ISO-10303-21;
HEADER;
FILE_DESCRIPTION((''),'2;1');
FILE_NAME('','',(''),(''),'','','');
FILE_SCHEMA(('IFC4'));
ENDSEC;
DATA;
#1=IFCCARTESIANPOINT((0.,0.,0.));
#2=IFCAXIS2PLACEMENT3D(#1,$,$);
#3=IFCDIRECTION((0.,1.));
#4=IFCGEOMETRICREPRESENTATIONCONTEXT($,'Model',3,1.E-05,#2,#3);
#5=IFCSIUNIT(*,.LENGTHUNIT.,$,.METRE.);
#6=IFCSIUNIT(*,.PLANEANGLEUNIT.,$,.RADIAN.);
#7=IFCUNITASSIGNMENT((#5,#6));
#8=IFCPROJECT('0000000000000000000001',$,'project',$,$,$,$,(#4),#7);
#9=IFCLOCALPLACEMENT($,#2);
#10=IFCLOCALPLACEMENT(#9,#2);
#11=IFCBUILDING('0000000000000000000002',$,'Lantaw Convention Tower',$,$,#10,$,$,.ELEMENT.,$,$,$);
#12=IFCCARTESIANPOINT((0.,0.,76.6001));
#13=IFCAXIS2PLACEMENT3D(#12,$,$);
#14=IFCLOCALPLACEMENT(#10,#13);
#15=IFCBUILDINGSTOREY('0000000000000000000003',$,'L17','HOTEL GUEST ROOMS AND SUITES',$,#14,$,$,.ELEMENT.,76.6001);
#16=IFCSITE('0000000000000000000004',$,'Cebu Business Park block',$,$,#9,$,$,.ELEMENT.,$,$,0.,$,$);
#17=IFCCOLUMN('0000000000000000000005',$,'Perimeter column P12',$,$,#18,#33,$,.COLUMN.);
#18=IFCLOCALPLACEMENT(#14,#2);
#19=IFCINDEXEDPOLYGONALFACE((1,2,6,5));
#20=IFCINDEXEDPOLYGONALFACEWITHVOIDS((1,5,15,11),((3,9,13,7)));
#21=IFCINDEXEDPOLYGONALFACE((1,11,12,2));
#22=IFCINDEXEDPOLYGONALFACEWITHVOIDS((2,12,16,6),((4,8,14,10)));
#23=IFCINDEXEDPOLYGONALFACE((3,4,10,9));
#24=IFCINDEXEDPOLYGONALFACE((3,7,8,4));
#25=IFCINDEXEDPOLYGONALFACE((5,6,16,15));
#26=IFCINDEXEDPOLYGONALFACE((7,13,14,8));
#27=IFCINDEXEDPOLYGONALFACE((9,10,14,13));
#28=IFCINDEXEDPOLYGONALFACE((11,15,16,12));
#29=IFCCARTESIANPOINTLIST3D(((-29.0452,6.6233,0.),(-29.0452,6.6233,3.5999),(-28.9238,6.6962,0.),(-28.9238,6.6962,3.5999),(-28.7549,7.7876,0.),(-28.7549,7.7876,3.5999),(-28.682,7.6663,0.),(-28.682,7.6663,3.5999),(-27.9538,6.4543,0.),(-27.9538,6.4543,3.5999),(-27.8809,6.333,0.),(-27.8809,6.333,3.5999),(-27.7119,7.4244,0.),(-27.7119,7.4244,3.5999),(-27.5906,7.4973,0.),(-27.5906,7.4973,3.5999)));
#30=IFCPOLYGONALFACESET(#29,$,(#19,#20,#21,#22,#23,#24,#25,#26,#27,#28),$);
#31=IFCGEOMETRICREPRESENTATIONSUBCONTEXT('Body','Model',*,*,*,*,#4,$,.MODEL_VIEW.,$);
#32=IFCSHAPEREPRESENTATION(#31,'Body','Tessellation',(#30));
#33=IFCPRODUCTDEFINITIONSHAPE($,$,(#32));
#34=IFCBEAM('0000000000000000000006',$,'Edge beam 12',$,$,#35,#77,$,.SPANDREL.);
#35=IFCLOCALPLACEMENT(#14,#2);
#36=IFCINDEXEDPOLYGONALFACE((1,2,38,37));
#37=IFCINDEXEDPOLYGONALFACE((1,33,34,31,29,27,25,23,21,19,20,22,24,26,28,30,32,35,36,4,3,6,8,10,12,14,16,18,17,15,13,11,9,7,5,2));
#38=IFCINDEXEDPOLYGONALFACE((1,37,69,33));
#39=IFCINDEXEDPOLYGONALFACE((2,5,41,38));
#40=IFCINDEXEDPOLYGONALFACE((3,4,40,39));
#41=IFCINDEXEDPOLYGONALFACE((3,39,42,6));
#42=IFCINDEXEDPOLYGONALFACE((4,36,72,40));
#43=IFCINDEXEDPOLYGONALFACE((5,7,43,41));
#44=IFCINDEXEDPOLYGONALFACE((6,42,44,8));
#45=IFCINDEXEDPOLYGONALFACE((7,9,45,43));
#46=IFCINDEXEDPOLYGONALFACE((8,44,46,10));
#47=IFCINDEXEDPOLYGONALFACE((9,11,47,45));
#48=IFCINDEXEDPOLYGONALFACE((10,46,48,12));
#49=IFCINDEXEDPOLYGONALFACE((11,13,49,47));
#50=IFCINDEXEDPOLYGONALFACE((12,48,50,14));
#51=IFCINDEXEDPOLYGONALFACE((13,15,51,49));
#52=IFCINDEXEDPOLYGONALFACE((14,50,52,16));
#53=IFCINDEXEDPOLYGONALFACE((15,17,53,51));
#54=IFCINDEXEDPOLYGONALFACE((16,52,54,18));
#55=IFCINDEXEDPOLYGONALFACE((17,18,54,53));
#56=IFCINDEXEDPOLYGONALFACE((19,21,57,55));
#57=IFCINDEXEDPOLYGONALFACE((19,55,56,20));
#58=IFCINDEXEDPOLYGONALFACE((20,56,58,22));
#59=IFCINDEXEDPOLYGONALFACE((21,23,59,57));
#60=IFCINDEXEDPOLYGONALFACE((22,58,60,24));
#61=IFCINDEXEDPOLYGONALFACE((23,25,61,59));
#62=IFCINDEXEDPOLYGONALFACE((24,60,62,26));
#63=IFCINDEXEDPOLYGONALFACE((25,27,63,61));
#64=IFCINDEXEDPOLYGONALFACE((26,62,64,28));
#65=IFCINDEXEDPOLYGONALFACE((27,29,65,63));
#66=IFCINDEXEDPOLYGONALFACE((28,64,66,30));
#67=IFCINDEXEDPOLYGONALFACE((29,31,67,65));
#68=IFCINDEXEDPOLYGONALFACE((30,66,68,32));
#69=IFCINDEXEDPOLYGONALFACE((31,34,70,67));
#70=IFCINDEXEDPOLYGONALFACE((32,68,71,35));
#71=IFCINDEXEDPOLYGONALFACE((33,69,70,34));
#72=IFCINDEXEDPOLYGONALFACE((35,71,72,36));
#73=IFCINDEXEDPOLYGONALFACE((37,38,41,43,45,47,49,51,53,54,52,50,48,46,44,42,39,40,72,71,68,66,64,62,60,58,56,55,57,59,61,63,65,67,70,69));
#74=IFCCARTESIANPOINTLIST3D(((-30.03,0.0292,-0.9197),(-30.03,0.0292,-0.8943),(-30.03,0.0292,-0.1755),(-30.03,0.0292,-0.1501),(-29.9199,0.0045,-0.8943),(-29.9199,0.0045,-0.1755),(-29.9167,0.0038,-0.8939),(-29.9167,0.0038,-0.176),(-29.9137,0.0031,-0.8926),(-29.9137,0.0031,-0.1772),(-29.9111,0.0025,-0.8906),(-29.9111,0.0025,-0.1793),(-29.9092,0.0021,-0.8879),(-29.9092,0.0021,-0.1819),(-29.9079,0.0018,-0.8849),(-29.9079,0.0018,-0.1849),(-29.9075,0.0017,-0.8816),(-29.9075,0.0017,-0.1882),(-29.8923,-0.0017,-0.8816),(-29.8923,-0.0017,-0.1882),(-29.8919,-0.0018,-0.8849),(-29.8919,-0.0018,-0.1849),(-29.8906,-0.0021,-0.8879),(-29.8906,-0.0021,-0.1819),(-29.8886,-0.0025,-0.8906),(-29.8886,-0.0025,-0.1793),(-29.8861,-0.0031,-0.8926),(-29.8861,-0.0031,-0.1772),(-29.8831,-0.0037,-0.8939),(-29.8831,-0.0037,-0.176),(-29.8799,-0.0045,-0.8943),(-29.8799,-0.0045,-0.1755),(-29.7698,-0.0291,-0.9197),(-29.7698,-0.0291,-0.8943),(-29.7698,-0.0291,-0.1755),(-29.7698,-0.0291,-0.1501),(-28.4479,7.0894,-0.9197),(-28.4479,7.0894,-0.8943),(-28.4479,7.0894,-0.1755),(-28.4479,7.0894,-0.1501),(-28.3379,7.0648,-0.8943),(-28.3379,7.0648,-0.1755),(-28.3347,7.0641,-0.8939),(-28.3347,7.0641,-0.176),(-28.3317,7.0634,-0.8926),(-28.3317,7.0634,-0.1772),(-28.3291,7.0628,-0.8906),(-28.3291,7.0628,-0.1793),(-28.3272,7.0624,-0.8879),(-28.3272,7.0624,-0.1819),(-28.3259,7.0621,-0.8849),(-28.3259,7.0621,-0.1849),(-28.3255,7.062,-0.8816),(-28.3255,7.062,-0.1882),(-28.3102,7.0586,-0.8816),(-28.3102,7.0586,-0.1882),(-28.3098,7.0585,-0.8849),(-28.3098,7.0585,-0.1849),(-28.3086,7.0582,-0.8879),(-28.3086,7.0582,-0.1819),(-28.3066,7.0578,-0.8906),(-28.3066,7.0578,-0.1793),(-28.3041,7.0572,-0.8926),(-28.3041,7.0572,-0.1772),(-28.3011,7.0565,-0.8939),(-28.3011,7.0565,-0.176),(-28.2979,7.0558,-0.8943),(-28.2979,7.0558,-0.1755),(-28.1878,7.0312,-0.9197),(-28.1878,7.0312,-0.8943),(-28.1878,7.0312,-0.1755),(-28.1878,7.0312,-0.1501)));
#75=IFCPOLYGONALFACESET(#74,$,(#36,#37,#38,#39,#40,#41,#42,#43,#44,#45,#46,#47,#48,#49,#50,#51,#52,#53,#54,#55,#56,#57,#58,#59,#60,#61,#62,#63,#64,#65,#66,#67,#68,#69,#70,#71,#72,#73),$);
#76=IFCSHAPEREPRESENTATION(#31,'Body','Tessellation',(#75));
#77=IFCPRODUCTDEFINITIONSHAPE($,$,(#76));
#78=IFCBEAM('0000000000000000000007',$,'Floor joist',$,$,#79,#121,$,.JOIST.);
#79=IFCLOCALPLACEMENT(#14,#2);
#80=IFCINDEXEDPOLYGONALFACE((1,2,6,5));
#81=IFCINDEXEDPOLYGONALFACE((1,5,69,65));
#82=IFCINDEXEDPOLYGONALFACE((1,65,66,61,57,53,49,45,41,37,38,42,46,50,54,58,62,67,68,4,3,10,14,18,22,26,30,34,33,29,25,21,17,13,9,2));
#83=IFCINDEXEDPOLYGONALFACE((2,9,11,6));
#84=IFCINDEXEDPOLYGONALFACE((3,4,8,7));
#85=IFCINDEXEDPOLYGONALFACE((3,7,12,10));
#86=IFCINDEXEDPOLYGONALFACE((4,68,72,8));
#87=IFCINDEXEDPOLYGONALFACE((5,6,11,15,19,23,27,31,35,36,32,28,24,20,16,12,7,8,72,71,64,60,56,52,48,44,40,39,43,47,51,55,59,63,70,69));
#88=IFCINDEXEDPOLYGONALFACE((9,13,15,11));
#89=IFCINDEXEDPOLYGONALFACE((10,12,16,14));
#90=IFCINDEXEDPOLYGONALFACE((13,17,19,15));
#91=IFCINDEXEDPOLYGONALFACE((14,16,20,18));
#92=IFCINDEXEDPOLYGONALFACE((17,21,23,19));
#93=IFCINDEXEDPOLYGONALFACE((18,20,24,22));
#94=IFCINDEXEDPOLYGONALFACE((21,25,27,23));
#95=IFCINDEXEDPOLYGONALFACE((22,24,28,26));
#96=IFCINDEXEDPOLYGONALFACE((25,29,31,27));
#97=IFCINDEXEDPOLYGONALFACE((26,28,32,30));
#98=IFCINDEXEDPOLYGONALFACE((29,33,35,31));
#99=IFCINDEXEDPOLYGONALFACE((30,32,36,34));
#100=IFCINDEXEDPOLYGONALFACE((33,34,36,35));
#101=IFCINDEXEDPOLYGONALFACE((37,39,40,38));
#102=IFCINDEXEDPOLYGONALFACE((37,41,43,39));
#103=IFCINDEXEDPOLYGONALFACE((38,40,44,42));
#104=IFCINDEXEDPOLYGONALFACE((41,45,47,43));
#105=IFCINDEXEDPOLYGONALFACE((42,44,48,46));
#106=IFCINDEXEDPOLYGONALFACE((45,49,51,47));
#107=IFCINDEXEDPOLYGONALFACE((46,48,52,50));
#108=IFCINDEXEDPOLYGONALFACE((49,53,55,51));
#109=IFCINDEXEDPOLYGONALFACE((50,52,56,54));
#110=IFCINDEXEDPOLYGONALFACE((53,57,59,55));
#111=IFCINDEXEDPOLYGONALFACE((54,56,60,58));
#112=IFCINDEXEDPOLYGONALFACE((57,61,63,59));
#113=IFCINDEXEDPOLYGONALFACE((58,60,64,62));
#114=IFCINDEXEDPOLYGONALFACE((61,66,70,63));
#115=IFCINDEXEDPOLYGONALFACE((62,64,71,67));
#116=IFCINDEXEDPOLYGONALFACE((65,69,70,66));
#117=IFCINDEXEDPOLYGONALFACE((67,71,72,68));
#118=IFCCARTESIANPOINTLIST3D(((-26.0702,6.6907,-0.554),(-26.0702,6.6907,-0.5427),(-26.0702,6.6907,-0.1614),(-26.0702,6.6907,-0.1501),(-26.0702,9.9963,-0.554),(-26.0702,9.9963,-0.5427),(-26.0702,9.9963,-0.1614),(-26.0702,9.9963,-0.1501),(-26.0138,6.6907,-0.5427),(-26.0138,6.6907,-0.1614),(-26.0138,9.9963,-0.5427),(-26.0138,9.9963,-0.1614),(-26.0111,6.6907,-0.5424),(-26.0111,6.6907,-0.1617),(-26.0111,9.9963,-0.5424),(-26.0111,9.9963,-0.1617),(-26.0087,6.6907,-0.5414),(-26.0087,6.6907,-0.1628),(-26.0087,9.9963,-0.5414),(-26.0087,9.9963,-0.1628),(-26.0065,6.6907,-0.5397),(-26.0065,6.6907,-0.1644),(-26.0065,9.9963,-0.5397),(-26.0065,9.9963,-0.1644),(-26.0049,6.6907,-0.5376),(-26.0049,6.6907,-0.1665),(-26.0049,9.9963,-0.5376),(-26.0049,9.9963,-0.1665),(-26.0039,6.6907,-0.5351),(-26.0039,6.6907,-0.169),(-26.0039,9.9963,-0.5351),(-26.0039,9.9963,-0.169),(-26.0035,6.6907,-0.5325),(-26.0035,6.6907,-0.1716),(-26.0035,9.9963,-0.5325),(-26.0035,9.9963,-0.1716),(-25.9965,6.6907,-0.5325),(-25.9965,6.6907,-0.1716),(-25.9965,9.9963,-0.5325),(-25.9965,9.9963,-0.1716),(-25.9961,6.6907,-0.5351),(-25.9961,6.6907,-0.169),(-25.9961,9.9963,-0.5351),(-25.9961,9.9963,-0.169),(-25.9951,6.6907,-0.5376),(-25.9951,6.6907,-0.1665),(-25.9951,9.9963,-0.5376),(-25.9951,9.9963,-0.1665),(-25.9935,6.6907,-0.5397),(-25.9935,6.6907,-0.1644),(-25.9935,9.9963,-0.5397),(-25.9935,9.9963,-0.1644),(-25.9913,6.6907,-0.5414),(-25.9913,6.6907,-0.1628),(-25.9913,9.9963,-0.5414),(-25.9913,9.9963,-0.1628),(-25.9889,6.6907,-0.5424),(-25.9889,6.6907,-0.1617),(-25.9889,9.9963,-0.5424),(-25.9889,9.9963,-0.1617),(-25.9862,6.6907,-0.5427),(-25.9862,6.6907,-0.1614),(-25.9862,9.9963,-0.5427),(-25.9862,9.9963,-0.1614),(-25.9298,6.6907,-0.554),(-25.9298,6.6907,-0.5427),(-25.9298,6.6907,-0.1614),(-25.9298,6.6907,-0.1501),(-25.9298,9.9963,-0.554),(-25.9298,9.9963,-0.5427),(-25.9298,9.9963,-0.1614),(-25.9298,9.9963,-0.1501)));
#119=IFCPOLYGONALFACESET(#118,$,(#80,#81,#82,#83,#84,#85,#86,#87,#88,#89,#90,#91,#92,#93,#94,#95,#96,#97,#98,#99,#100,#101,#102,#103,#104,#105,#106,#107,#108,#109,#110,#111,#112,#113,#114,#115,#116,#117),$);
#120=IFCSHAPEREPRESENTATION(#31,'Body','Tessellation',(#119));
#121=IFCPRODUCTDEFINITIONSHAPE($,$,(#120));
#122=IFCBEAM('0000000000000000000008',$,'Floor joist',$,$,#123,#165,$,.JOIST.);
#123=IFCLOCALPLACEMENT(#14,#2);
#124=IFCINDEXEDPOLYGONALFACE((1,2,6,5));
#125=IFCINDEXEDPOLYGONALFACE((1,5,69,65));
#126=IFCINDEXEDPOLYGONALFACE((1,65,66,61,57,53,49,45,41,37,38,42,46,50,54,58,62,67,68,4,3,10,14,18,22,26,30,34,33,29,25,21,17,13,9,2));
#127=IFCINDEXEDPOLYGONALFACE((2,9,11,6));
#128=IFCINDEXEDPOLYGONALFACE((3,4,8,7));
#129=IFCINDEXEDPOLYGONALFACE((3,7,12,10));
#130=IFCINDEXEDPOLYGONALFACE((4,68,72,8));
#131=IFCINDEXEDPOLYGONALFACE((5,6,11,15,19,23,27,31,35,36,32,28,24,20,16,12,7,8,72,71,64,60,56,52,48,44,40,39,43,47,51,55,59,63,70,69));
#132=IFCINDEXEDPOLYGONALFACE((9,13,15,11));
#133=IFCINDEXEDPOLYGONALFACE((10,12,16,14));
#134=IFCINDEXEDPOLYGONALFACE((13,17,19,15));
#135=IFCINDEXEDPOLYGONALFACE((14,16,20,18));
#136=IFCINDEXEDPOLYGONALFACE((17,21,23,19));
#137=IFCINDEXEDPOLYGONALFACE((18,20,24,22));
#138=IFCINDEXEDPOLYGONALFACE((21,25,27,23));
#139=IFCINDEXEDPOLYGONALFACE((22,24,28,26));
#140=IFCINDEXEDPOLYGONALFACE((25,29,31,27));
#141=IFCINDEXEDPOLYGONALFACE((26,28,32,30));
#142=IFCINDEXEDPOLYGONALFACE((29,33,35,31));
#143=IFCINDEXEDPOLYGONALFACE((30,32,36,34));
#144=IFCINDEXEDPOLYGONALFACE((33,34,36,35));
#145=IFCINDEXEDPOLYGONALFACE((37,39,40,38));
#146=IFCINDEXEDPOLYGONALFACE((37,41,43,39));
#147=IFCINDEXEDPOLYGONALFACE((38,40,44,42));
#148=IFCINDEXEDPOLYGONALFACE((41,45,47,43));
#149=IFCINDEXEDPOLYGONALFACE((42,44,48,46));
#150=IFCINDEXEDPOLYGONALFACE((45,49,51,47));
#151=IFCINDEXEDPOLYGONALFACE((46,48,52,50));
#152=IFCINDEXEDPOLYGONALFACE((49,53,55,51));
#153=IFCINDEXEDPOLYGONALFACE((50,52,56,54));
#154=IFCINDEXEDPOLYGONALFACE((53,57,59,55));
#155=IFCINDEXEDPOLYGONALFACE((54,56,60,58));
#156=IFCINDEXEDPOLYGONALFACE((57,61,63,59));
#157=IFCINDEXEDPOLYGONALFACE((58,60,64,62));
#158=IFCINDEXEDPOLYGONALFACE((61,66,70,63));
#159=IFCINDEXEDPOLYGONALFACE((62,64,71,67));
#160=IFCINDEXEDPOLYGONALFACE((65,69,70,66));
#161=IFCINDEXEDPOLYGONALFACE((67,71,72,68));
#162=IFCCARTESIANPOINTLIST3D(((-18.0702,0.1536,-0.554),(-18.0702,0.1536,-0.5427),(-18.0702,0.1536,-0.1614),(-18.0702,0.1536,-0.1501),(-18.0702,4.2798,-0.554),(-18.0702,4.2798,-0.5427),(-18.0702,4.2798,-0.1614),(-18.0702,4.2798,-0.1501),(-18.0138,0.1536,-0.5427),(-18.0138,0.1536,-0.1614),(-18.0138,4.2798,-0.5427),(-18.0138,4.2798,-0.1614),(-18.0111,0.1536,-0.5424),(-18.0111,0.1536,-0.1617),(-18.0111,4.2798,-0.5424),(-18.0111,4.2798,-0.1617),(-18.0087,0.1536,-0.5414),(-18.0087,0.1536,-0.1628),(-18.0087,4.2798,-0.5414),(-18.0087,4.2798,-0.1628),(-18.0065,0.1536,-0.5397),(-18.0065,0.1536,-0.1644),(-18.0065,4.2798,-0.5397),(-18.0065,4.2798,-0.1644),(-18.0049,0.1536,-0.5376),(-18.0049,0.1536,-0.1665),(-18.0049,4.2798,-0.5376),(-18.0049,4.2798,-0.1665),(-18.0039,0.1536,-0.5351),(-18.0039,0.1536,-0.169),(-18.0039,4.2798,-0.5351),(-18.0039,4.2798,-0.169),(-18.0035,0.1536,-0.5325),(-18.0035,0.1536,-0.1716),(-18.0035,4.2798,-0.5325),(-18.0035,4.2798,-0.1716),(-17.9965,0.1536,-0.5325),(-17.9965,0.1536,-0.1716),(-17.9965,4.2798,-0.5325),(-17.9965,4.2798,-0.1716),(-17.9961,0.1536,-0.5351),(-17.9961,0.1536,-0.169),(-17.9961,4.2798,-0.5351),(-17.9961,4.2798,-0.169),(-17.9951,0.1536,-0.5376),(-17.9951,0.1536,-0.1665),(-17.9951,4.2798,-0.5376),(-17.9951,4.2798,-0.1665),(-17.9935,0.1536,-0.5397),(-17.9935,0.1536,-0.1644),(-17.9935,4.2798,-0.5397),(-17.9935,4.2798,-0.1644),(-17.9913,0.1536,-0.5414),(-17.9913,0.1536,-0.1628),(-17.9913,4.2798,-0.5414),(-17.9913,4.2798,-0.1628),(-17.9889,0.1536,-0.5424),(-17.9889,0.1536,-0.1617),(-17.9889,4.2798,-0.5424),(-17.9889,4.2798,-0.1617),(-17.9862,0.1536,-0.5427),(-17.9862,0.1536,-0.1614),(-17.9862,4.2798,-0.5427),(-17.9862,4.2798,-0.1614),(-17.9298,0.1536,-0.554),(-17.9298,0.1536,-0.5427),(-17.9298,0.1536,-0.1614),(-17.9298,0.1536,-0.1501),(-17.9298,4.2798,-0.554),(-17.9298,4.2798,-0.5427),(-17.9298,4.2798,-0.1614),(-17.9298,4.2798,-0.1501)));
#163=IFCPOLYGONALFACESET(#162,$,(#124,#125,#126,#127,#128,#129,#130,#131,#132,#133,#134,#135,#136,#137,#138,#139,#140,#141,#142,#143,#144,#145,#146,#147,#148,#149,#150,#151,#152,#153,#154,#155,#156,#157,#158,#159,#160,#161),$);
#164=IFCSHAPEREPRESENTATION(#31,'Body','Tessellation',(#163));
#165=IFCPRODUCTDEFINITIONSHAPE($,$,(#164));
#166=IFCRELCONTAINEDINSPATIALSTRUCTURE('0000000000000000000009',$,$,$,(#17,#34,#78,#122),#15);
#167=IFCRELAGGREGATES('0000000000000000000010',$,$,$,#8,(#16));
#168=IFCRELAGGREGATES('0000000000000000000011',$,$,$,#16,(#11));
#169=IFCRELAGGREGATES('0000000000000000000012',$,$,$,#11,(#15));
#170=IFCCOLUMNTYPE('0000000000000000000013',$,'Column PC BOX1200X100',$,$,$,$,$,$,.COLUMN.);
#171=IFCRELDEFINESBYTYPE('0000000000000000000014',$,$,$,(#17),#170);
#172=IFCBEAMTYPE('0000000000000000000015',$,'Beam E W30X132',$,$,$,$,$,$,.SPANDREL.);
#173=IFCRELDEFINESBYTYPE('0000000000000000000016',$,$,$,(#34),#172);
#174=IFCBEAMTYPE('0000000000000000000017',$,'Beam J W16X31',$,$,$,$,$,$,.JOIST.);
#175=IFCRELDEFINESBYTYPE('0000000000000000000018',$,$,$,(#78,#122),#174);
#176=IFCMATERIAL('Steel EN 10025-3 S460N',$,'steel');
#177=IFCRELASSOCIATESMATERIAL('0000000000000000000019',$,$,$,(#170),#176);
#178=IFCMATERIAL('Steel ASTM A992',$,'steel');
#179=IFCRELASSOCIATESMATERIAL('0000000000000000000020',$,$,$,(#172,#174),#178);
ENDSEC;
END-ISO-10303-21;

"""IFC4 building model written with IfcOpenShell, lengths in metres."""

from ifc_helpers import new_model, si_unit, direction, frame, origin, origin_2d, place, context, subcontext, project, spatial, rectangle, hollow_rectangle, i_section, extrude, material, material_profile, profile_set, type_object, element, save


model = new_model("IFC4")

# Units and contexts
model_context = context("Model", 3, precision=1e-05, world=origin(), true_north=direction((0.0, 1.0)))
body_context = subcontext(model_context, "Body", "Model", "MODEL_VIEW")
ifc_project = project(units=[si_unit("LENGTHUNIT", "METRE"), si_unit("PLANEANGLEUNIT", "RADIAN")], contexts=[model_context])

# Site, building, storey
site_placement = place(None, origin())
site = spatial("IfcSite", under=ifc_project, at=site_placement, Name="Cebu Business Park block", CompositionType="ELEMENT", RefElevation=0.0)
building_placement = place(site_placement, origin())
building = spatial("IfcBuilding", under=site, at=building_placement, Name="Lantaw Convention Tower", CompositionType="ELEMENT")
storey_placement = place(building_placement, frame((0.0, 0.0, 76.6001)))
storey = spatial("IfcBuildingStorey", under=building, at=storey_placement, Name="L17", Description="HOTEL GUEST ROOMS AND SUITES", CompositionType="ELEMENT", Elevation=76.6001)

# Column
ifc_material_1 = material(Name="Steel EN 10025-3 S460N", Category="steel")
ifc_material_profile_1 = material_profile(ifc_material_1, hollow_rectangle(XDim=1.2, YDim=1.2, WallThickness=0.1001, at=origin_2d()), Name="BOX1200X100")
ifc_material_2 = material(Name="Concrete C60/75", Category="concrete")
ifc_material_profile_2 = material_profile(ifc_material_2, rectangle(XDim=1.0, YDim=1.0, at=origin_2d()), Name="Concrete fill of BOX1200X100")
ifc_profile_set_1 = profile_set([ifc_material_profile_1, ifc_material_profile_2], Name="Steel EN 10025-3 S460N")
column_type = type_object("IfcColumnType", Name="Column PC BOX1200X100", PredefinedType="COLUMN", material=ifc_profile_set_1)
column_placement = place(storey_placement, frame((-28.3179, 7.0603, 0.0), z_axis=(0.0, 0.0, 1.0), x_axis=(0.241922, 0.970296, 0.0)))
element("IfcColumn", 1, at=column_placement, inside=storey, type_object=column_type, Name="Perimeter column P12", PredefinedType="COLUMN", context=body_context, shape_type="SweptSolid", body=[
    extrude(hollow_rectangle(XDim=1.2, YDim=1.2, WallThickness=0.1001, at=origin_2d()), origin(), (0.0, 0.0, 1.0), 3.5999),
])

# Beams
ifc_material_3 = material(Name="Steel ASTM A992", Category="steel")
ifc_material_profile_3 = material_profile(ifc_material_3, i_section(OverallWidth=0.2666, OverallDepth=0.7695, WebThickness=0.0156, FlangeThickness=0.0254, FilletRadius=0.0127, at=origin_2d()), Name="W30X132")
ifc_profile_set_2 = profile_set([ifc_material_profile_3], Name="Steel ASTM A992")
beam_type_1 = type_object("IfcBeamType", Name="Beam E W30X132", PredefinedType="SPANDREL", material=ifc_profile_set_2)
beam_1_placement = place(storey_placement, frame((-28.3179, 7.0603, -0.5349), z_axis=(-0.218652, -0.975803, 0.0), x_axis=(0.975803, -0.218652, 0.0)))
element("IfcBeam", 2, at=beam_1_placement, inside=storey, type_object=beam_type_1, Name="Edge beam 12", PredefinedType="SPANDREL", context=body_context, shape_type="SweptSolid", body=[
    extrude(i_section(OverallWidth=0.2666, OverallDepth=0.7695, WebThickness=0.0156, FlangeThickness=0.0254, FilletRadius=0.0127, at=origin_2d()), origin(), (0.0, 0.0, 1.0), 7.2354),
])
ifc_material_profile_4 = material_profile(ifc_material_3, i_section(OverallWidth=0.1404, OverallDepth=0.4038, WebThickness=0.0071, FlangeThickness=0.0112, FilletRadius=0.0103, at=origin_2d()), Name="W16X31")
ifc_profile_set_3 = profile_set([ifc_material_profile_4], Name="Steel ASTM A992")
beam_type_2 = type_object("IfcBeamType", Name="Beam J W16X31", PredefinedType="JOIST", material=ifc_profile_set_3)
beam_2_placement = place(storey_placement, frame((-26.0, 6.6907, -0.3521), z_axis=(0.0, 1.0, 0.0), x_axis=(-1.0, 0.0, 0.0)))
element("IfcBeam", 3, at=beam_2_placement, inside=storey, type_object=beam_type_2, Name="Floor joist", PredefinedType="JOIST", context=body_context, shape_type="SweptSolid", body=[
    extrude(i_section(OverallWidth=0.1404, OverallDepth=0.4038, WebThickness=0.0071, FlangeThickness=0.0112, FilletRadius=0.0103, at=origin_2d()), origin(), (0.0, 0.0, 1.0), 3.3057),
])
beam_3_placement = place(storey_placement, frame((-18.0, 0.1536, -0.3521), z_axis=(0.0, 1.0, 0.0), x_axis=(-1.0, 0.0, 0.0)))
element("IfcBeam", 4, at=beam_3_placement, inside=storey, type_object=beam_type_2, Name="Floor joist", PredefinedType="JOIST", context=body_context, shape_type="SweptSolid", body=[
    extrude(i_section(OverallWidth=0.1404, OverallDepth=0.4038, WebThickness=0.0071, FlangeThickness=0.0112, FilletRadius=0.0103, at=origin_2d()), origin(), (0.0, 0.0, 1.0), 4.1262),
])

save(model, "model.ifc")
